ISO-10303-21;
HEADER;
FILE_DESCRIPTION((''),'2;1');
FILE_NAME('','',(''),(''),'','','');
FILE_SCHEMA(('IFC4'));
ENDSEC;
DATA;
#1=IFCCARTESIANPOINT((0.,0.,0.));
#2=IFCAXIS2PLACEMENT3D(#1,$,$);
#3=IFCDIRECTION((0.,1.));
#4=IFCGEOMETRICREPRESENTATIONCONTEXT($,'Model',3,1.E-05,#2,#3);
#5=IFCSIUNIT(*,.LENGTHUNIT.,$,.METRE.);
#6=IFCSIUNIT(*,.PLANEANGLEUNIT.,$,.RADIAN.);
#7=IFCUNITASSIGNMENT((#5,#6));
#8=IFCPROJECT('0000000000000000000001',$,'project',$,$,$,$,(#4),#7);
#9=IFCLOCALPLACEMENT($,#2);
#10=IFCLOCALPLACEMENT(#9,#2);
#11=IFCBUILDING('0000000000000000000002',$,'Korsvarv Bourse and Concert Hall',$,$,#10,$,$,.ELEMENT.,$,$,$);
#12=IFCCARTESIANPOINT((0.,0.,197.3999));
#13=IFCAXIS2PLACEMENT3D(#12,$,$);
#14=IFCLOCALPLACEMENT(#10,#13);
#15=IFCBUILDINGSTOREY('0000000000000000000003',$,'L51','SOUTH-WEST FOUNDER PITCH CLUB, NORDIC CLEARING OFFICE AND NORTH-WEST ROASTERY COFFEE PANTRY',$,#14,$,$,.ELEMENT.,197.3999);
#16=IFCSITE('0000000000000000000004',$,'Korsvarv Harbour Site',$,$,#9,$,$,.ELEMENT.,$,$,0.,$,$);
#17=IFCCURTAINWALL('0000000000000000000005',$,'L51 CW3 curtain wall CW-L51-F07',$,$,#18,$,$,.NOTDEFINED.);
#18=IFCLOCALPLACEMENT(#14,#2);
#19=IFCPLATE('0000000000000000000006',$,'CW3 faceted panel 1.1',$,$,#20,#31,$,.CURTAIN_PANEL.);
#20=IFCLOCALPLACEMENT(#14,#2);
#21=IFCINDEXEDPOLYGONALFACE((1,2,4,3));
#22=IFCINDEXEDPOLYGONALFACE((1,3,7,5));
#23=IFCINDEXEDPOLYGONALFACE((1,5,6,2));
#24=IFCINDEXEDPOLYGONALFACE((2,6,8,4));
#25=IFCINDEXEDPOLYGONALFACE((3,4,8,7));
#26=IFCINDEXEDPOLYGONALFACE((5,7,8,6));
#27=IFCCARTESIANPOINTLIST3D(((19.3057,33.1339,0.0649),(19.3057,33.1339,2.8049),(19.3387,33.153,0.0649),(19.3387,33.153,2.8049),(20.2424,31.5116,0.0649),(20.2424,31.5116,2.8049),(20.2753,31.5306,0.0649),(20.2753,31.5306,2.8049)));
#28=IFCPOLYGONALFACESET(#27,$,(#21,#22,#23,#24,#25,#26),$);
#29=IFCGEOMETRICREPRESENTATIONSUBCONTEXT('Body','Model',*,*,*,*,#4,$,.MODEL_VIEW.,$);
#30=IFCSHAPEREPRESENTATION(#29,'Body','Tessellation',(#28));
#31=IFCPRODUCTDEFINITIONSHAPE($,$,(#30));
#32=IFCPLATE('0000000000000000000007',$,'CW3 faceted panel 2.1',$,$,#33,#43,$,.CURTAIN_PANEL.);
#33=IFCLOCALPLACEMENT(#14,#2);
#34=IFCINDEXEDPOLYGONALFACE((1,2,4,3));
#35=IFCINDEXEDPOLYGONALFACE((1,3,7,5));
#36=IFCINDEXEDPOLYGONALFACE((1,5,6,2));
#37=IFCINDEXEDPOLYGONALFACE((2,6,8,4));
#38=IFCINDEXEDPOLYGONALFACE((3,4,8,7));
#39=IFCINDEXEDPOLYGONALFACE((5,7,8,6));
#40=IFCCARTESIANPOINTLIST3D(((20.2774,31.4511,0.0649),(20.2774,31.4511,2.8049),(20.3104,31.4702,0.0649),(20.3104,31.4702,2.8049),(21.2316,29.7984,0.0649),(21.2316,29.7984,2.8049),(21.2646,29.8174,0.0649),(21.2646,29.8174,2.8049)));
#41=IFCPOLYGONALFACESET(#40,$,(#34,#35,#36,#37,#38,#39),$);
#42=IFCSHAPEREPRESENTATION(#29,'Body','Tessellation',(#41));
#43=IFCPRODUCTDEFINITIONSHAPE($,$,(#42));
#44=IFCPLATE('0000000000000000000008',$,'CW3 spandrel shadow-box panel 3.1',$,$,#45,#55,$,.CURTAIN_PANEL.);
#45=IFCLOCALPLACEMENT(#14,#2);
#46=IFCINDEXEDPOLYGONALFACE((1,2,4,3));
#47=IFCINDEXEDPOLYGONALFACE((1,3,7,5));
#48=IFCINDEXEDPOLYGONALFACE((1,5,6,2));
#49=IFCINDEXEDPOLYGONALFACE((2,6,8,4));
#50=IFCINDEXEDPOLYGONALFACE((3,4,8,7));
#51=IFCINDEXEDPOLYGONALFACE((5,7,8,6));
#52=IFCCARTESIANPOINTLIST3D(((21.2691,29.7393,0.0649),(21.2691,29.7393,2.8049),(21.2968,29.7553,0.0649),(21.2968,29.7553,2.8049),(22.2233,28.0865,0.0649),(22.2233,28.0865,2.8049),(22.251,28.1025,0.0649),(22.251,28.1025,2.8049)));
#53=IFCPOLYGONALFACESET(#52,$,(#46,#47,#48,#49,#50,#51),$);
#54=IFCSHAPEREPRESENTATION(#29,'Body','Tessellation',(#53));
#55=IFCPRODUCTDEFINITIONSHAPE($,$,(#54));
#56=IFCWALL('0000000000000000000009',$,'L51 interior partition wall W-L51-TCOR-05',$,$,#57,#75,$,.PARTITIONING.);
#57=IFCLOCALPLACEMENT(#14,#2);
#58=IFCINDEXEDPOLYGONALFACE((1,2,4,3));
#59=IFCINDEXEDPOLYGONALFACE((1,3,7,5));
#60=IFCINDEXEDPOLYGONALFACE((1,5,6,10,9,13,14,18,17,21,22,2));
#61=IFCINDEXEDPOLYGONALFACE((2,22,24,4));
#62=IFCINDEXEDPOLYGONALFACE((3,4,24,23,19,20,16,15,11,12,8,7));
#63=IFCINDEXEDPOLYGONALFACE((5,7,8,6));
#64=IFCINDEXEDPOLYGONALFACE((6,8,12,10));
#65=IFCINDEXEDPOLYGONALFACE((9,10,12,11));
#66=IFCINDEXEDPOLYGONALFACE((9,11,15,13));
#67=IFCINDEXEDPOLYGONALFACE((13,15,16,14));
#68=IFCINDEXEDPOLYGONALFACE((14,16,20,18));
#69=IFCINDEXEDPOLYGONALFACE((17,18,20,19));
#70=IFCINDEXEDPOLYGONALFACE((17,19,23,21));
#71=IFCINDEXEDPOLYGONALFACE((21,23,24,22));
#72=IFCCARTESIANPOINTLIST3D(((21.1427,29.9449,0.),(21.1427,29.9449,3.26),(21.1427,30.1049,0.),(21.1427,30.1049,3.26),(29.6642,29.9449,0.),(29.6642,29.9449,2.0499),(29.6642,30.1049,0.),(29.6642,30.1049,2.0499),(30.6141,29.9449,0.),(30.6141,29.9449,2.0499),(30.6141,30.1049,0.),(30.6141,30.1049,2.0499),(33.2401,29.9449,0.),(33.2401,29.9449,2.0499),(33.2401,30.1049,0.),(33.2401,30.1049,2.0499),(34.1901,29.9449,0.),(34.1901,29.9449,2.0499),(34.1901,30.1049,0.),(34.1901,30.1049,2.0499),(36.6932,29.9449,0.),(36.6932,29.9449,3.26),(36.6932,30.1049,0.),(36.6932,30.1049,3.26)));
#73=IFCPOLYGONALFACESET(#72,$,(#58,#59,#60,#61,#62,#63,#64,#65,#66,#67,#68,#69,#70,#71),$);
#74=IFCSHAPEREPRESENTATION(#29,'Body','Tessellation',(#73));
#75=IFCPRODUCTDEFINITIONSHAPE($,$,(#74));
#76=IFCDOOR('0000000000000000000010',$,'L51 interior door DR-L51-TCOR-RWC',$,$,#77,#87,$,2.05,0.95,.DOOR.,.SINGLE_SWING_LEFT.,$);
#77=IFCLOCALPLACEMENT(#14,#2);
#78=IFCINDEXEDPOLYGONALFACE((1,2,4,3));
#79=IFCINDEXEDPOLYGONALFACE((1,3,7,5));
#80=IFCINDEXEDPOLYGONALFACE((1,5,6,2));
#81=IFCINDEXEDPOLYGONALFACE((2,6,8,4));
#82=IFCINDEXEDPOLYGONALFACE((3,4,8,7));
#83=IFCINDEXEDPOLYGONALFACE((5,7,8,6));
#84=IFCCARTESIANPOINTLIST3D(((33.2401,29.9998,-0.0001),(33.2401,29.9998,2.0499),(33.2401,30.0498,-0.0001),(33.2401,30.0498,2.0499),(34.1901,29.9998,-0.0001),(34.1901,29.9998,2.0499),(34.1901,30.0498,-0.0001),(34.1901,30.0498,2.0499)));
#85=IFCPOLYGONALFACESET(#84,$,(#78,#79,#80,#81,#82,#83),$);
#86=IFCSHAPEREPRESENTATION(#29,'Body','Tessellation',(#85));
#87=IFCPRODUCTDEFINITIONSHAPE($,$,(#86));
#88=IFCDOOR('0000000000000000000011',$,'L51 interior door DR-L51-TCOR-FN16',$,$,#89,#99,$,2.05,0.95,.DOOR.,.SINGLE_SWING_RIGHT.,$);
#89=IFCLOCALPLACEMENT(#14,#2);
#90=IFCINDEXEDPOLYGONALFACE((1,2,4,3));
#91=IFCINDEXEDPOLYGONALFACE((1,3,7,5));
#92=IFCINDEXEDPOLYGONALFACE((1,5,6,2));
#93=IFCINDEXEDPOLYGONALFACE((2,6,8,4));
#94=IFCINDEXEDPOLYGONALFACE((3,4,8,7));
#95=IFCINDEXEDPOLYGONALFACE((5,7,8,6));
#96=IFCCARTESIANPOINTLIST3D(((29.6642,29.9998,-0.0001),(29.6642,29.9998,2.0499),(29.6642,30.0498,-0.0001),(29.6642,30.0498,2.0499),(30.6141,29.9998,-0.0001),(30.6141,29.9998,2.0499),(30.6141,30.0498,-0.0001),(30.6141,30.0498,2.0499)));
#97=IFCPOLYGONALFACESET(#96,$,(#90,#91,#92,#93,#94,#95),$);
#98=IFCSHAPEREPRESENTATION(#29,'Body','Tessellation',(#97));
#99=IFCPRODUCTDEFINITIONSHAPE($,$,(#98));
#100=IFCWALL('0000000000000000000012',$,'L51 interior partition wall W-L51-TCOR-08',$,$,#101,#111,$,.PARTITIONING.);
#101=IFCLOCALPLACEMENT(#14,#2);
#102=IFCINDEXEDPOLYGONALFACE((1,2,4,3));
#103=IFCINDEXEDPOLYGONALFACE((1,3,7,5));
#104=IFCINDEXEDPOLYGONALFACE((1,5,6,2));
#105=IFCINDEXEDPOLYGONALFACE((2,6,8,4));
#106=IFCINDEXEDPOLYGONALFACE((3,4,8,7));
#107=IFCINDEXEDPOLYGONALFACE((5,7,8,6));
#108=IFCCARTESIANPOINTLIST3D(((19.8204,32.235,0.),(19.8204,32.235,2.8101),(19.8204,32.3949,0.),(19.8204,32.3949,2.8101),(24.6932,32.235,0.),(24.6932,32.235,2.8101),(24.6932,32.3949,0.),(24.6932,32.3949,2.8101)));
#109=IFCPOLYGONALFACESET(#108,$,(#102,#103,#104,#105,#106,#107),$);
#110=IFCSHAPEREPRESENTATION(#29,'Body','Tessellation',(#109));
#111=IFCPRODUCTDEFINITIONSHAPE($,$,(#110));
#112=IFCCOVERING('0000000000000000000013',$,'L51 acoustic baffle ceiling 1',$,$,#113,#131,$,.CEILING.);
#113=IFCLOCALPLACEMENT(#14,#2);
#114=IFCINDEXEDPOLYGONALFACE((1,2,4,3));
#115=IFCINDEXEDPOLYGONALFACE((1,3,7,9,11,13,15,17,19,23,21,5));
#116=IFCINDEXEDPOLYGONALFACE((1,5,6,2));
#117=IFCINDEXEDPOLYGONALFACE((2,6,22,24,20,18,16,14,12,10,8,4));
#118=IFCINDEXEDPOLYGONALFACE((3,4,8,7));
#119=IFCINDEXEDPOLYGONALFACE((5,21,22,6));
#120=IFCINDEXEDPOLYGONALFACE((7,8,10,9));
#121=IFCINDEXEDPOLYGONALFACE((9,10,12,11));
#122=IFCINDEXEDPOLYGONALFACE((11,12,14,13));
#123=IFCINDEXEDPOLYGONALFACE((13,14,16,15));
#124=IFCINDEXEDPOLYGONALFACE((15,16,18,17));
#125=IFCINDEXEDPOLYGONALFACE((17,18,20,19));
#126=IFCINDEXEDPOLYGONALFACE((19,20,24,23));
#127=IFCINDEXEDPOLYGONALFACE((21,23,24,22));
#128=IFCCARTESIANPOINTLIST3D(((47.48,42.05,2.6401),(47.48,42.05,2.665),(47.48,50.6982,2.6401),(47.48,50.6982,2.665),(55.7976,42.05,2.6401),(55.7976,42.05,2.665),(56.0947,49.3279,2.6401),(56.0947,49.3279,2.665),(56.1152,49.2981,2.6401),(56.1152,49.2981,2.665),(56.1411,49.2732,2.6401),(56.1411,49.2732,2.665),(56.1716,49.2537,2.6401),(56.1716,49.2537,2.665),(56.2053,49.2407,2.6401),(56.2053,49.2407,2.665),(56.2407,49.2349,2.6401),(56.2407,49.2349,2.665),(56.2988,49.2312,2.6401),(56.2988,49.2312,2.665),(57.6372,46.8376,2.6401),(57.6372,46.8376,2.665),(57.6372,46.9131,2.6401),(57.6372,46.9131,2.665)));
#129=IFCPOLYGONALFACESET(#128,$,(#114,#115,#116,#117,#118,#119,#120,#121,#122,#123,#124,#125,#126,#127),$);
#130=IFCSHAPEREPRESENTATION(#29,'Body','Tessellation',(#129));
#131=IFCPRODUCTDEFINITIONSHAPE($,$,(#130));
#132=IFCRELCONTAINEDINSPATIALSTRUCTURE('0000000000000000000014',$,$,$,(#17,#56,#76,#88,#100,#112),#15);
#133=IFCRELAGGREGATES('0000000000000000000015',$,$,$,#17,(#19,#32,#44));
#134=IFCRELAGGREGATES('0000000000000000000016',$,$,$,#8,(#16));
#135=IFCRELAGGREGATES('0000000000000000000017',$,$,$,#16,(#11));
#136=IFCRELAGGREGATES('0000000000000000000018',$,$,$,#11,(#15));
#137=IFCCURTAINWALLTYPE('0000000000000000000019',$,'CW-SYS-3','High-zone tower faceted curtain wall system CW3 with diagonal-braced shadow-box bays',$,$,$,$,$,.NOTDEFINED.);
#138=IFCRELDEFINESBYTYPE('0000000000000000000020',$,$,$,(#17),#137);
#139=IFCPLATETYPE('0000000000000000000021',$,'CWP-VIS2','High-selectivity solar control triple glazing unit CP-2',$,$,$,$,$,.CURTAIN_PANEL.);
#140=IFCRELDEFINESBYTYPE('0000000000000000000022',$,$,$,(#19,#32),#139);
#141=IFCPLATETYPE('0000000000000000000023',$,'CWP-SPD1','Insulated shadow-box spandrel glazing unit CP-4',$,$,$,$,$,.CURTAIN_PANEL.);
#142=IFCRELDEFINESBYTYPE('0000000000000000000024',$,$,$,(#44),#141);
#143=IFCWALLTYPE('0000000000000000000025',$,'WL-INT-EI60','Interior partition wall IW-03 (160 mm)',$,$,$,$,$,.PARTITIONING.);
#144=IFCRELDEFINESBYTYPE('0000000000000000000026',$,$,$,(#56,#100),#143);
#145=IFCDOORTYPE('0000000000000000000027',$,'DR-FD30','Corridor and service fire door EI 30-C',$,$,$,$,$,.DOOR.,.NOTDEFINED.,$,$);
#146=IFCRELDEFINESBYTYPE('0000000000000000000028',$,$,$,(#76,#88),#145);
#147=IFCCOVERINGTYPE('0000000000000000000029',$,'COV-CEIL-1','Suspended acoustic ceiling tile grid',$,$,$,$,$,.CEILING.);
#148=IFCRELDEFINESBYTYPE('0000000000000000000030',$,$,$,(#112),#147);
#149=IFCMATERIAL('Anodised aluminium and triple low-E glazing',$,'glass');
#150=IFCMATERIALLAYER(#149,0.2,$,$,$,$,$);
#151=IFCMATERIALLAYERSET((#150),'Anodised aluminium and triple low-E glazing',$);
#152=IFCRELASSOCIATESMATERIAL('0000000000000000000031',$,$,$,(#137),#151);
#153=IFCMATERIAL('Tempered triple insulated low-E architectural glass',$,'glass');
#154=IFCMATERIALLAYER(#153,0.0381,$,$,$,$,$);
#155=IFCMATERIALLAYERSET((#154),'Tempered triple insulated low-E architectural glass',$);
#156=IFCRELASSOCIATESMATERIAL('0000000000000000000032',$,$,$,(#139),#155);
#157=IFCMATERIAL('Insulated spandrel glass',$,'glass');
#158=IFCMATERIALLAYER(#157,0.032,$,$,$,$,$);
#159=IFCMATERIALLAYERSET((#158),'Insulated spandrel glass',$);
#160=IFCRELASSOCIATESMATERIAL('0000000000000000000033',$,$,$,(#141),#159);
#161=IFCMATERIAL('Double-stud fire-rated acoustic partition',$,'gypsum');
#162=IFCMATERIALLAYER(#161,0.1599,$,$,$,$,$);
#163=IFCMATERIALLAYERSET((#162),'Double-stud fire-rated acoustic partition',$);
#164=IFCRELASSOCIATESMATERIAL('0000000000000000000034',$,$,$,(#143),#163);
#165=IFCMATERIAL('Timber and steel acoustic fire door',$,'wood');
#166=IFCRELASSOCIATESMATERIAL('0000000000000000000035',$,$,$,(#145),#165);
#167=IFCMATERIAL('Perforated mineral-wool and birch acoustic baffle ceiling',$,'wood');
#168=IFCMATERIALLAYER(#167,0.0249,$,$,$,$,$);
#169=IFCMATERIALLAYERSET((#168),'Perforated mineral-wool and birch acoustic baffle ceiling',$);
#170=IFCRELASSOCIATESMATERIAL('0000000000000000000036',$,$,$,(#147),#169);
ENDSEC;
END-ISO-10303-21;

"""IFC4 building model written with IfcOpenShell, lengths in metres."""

from ifc_helpers import new_model, si_unit, direction, frame, frame_2d, origin, origin_2d, place, context, subcontext, project, spatial, polyline, rectangle, outline, extrude, source, transform, mapped, material, layer, layer_set, type_object, element, fill, aggregate, save


model = new_model("IFC4")

# Units and contexts
model_context = context("Model", 3, precision=1e-05, world=origin(), true_north=direction((0.0, 1.0)))
body_context = subcontext(model_context, "Body", "Model", "MODEL_VIEW")
ifc_project = project(units=[si_unit("LENGTHUNIT", "METRE"), si_unit("PLANEANGLEUNIT", "RADIAN")], contexts=[model_context])

# Site, building, storey
site_placement = place(None, origin())
site = spatial("IfcSite", under=ifc_project, at=site_placement, Name="Korsvarv Harbour Site", CompositionType="ELEMENT", RefElevation=0.0)
building_placement = place(site_placement, origin())
building = spatial("IfcBuilding", under=site, at=building_placement, Name="Korsvarv Bourse and Concert Hall", CompositionType="ELEMENT")
storey_placement = place(building_placement, frame((0.0, 0.0, 197.3999)))
storey = spatial("IfcBuildingStorey", under=building, at=storey_placement, Name="L51", Description="SOUTH-WEST FOUNDER PITCH CLUB, NORDIC CLEARING OFFICE AND NORTH-WEST ROASTERY COFFEE PANTRY", CompositionType="ELEMENT", Elevation=197.3999)

# Curtain wall
ifc_material_1 = material(Name="Anodised aluminium and triple low-E glazing", Category="glass")
ifc_layer_1 = layer(ifc_material_1, 0.2)
ifc_layer_set_1 = layer_set([ifc_layer_1], Name="Anodised aluminium and triple low-E glazing")
curtain_wall_type = type_object("IfcCurtainWallType", Name="CW-SYS-3", Description="High-zone tower faceted curtain wall system CW3 with diagonal-braced shadow-box bays", PredefinedType="NOTDEFINED", material=ifc_layer_set_1)
curtain_wall_placement = place(storey_placement, origin())
curtain_wall = element("IfcCurtainWall", 1, at=curtain_wall_placement, inside=storey, type_object=curtain_wall_type, Name="L51 CW3 curtain wall CW-L51-F07", PredefinedType="NOTDEFINED")

# Plates
ifc_material_2 = material(Name="Tempered triple insulated low-E architectural glass", Category="glass")
ifc_layer_2 = layer(ifc_material_2, 0.0381)
ifc_layer_set_2 = layer_set([ifc_layer_2], Name="Tempered triple insulated low-E architectural glass")
plate_type_1 = type_object("IfcPlateType", Name="CWP-VIS2", Description="High-selectivity solar control triple glazing unit CP-2", PredefinedType="CURTAIN_PANEL", material=ifc_layer_set_2)
shared_shape_1 = source(origin(), body_context, "Body", "SweptSolid", [
    extrude(rectangle(XDim=1.8733, YDim=0.0381, at=origin_2d()), origin(), (0.0, 0.0, 1.0), 2.74),
])
plate_1_placement = place(storey_placement, frame((19.7905, 32.3323, 0.0649), z_axis=(0.0, 0.0, 1.0), x_axis=(0.499993, -0.86603, 0.0)))
plate_1 = element("IfcPlate", 2, at=plate_1_placement, type_object=plate_type_1, Name="CW3 faceted panel 1.1", PredefinedType="CURTAIN_PANEL", context=body_context, shape_type="MappedRepresentation", body=[
    mapped(shared_shape_1, transform((0.0, 0.0, 0.0), scale=1.0)),
])
shared_shape_2 = source(origin(), body_context, "Body", "SweptSolid", [
    extrude(rectangle(XDim=1.9084, YDim=0.0381, at=origin_2d()), origin(), (0.0, 0.0, 1.0), 2.74),
])
plate_2_placement = place(storey_placement, frame((20.771, 30.6343, 0.0649), z_axis=(0.0, 0.0, 1.0), x_axis=(0.499993, -0.86603, 0.0)))
plate_2 = element("IfcPlate", 3, at=plate_2_placement, type_object=plate_type_1, Name="CW3 faceted panel 2.1", PredefinedType="CURTAIN_PANEL", context=body_context, shape_type="MappedRepresentation", body=[
    mapped(shared_shape_2, transform((0.0, 0.0, 0.0), scale=1.0)),
])
ifc_material_3 = material(Name="Insulated spandrel glass", Category="glass")
ifc_layer_3 = layer(ifc_material_3, 0.032)
ifc_layer_set_3 = layer_set([ifc_layer_3], Name="Insulated spandrel glass")
plate_type_2 = type_object("IfcPlateType", Name="CWP-SPD1", Description="Insulated shadow-box spandrel glazing unit CP-4", PredefinedType="CURTAIN_PANEL", material=ifc_layer_set_3)
shared_shape_3 = source(origin(), body_context, "Body", "SweptSolid", [
    extrude(rectangle(XDim=1.9084, YDim=0.032, at=origin_2d()), origin(), (0.0, 0.0, 1.0), 2.74),
])
plate_3_placement = place(storey_placement, frame((21.76, 28.9209, 0.0649), z_axis=(0.0, 0.0, 1.0), x_axis=(0.499993, -0.86603, 0.0)))
plate_3 = element("IfcPlate", 4, at=plate_3_placement, type_object=plate_type_2, Name="CW3 spandrel shadow-box panel 3.1", PredefinedType="CURTAIN_PANEL", context=body_context, shape_type="MappedRepresentation", body=[
    mapped(shared_shape_3, transform((0.0, 0.0, 0.0), scale=1.0)),
])
aggregate(curtain_wall, [plate_1, plate_2, plate_3])

# Wall, openings, doors
ifc_material_4 = material(Name="Double-stud fire-rated acoustic partition", Category="gypsum")
ifc_layer_4 = layer(ifc_material_4, 0.1599)
ifc_layer_set_4 = layer_set([ifc_layer_4], Name="Double-stud fire-rated acoustic partition")
wall_type = type_object("IfcWallType", Name="WL-INT-EI60", Description="Interior partition wall IW-03 (160 mm)", PredefinedType="PARTITIONING", material=ifc_layer_set_4)
wall_1_placement = place(storey_placement, frame((21.1426, 30.0249, 0.0), z_axis=(0.0, 0.0, 1.0), x_axis=(1.0, 0.0, 0.0)))
wall_1 = element("IfcWall", 5, at=wall_1_placement, inside=storey, type_object=wall_type, Name="L51 interior partition wall W-L51-TCOR-05", PredefinedType="PARTITIONING", context=body_context, shape_type="SweptSolid", body=[
    extrude(rectangle(XDim=15.5505, YDim=0.1599, at=frame_2d((7.7754, 0.0))), origin(), (0.0, 0.0, 1.0), 3.26),
])
opening_1_placement = place(wall_1_placement, frame((12.0974, 0.0, 0.0)))
opening_1 = element("IfcOpeningElement", 6, at=opening_1_placement, cuts=wall_1, PredefinedType="OPENING", context=body_context, shape_type="SweptSolid", body=[
    extrude(rectangle(XDim=0.95, YDim=2.05, at=frame_2d((0.4751, 1.0249))), frame((0.0, 0.0898, 0.0), z_axis=(0.0, -1.0, 0.0), x_axis=(1.0, 0.0, 0.0)), (0.0, 0.0, 1.0), 0.1799),
])
opening_2_placement = place(wall_1_placement, frame((8.5215, 0.0, 0.0)))
opening_2 = element("IfcOpeningElement", 7, at=opening_2_placement, cuts=wall_1, PredefinedType="OPENING", context=body_context, shape_type="SweptSolid", body=[
    extrude(rectangle(XDim=0.95, YDim=2.05, at=frame_2d((0.4751, 1.0249))), frame((0.0, 0.0898, 0.0), z_axis=(0.0, -1.0, 0.0), x_axis=(1.0, 0.0, 0.0)), (0.0, 0.0, 1.0), 0.1799),
])
ifc_material_5 = material(Name="Timber and steel acoustic fire door", Category="wood")
door_type = type_object("IfcDoorType", Name="DR-FD30", Description="Corridor and service fire door EI 30-C", OperationType="NOTDEFINED", PredefinedType="DOOR", material=ifc_material_5)
door_1_placement = place(opening_1_placement, origin())
door_1 = element("IfcDoor", 8, at=door_1_placement, inside=storey, type_object=door_type, Name="L51 interior door DR-L51-TCOR-RWC", OperationType="SINGLE_SWING_LEFT", OverallHeight=2.05, OverallWidth=0.95, PredefinedType="DOOR", context=body_context, shape_type="SweptSolid", body=[
    extrude(rectangle(XDim=0.95, YDim=2.05, at=frame_2d((0.4751, 1.0249))), frame((0.0, 0.0249, 0.0), z_axis=(0.0, -1.0, 0.0), x_axis=(1.0, 0.0, 0.0)), (0.0, 0.0, 1.0), 0.05),
])
fill(opening_1, door_1)
door_2_placement = place(opening_2_placement, origin())
door_2 = element("IfcDoor", 9, at=door_2_placement, inside=storey, type_object=door_type, Name="L51 interior door DR-L51-TCOR-FN16", OperationType="SINGLE_SWING_RIGHT", OverallHeight=2.05, OverallWidth=0.95, PredefinedType="DOOR", context=body_context, shape_type="SweptSolid", body=[
    extrude(rectangle(XDim=0.95, YDim=2.05, at=frame_2d((0.4751, 1.0249))), frame((0.0, 0.0249, 0.0), z_axis=(0.0, -1.0, 0.0), x_axis=(1.0, 0.0, 0.0)), (0.0, 0.0, 1.0), 0.05),
])
fill(opening_2, door_2)

# Wall
wall_2_placement = place(storey_placement, frame((19.8203, 32.3149, 0.0), z_axis=(0.0, 0.0, 1.0), x_axis=(1.0, 0.0, 0.0)))
element("IfcWall", 10, at=wall_2_placement, inside=storey, type_object=wall_type, Name="L51 interior partition wall W-L51-TCOR-08", PredefinedType="PARTITIONING", context=body_context, shape_type="SweptSolid", body=[
    extrude(rectangle(XDim=4.8728, YDim=0.1599, at=frame_2d((2.4365, 0.0))), origin(), (0.0, 0.0, 1.0), 2.8101),
])

# Covering
ifc_material_6 = material(Name="Perforated mineral-wool and birch acoustic baffle ceiling", Category="wood")
ifc_layer_5 = layer(ifc_material_6, 0.0249)
ifc_layer_set_5 = layer_set([ifc_layer_5], Name="Perforated mineral-wool and birch acoustic baffle ceiling")
covering_type_1 = type_object("IfcCoveringType", Name="COV-CEIL-1", Description="Suspended acoustic ceiling tile grid", PredefinedType="CEILING", material=ifc_layer_set_5)
covering_1_placement = place(storey_placement, frame((0.0, 0.0, 2.6401)))
element("IfcCovering", 11, at=covering_1_placement, inside=storey, type_object=covering_type_1, Name="L51 acoustic baffle ceiling 1", PredefinedType="CEILING", context=body_context, shape_type="SweptSolid", body=[
    extrude(outline(polyline([(56.0947, 49.3279), (56.1152, 49.2981), (56.1411, 49.2732), (56.1716, 49.2537), (56.2053, 49.2407), (56.2407, 49.2349), (56.2988, 49.2312), (57.6372, 46.9131), (57.6372, 46.8376), (55.7976, 42.05), (47.48, 42.05), (47.48, 50.6982), (56.0947, 49.3279)])), origin(), (0.0, 0.0, 1.0), 0.0249),
])

save(model, "model.ifc")
